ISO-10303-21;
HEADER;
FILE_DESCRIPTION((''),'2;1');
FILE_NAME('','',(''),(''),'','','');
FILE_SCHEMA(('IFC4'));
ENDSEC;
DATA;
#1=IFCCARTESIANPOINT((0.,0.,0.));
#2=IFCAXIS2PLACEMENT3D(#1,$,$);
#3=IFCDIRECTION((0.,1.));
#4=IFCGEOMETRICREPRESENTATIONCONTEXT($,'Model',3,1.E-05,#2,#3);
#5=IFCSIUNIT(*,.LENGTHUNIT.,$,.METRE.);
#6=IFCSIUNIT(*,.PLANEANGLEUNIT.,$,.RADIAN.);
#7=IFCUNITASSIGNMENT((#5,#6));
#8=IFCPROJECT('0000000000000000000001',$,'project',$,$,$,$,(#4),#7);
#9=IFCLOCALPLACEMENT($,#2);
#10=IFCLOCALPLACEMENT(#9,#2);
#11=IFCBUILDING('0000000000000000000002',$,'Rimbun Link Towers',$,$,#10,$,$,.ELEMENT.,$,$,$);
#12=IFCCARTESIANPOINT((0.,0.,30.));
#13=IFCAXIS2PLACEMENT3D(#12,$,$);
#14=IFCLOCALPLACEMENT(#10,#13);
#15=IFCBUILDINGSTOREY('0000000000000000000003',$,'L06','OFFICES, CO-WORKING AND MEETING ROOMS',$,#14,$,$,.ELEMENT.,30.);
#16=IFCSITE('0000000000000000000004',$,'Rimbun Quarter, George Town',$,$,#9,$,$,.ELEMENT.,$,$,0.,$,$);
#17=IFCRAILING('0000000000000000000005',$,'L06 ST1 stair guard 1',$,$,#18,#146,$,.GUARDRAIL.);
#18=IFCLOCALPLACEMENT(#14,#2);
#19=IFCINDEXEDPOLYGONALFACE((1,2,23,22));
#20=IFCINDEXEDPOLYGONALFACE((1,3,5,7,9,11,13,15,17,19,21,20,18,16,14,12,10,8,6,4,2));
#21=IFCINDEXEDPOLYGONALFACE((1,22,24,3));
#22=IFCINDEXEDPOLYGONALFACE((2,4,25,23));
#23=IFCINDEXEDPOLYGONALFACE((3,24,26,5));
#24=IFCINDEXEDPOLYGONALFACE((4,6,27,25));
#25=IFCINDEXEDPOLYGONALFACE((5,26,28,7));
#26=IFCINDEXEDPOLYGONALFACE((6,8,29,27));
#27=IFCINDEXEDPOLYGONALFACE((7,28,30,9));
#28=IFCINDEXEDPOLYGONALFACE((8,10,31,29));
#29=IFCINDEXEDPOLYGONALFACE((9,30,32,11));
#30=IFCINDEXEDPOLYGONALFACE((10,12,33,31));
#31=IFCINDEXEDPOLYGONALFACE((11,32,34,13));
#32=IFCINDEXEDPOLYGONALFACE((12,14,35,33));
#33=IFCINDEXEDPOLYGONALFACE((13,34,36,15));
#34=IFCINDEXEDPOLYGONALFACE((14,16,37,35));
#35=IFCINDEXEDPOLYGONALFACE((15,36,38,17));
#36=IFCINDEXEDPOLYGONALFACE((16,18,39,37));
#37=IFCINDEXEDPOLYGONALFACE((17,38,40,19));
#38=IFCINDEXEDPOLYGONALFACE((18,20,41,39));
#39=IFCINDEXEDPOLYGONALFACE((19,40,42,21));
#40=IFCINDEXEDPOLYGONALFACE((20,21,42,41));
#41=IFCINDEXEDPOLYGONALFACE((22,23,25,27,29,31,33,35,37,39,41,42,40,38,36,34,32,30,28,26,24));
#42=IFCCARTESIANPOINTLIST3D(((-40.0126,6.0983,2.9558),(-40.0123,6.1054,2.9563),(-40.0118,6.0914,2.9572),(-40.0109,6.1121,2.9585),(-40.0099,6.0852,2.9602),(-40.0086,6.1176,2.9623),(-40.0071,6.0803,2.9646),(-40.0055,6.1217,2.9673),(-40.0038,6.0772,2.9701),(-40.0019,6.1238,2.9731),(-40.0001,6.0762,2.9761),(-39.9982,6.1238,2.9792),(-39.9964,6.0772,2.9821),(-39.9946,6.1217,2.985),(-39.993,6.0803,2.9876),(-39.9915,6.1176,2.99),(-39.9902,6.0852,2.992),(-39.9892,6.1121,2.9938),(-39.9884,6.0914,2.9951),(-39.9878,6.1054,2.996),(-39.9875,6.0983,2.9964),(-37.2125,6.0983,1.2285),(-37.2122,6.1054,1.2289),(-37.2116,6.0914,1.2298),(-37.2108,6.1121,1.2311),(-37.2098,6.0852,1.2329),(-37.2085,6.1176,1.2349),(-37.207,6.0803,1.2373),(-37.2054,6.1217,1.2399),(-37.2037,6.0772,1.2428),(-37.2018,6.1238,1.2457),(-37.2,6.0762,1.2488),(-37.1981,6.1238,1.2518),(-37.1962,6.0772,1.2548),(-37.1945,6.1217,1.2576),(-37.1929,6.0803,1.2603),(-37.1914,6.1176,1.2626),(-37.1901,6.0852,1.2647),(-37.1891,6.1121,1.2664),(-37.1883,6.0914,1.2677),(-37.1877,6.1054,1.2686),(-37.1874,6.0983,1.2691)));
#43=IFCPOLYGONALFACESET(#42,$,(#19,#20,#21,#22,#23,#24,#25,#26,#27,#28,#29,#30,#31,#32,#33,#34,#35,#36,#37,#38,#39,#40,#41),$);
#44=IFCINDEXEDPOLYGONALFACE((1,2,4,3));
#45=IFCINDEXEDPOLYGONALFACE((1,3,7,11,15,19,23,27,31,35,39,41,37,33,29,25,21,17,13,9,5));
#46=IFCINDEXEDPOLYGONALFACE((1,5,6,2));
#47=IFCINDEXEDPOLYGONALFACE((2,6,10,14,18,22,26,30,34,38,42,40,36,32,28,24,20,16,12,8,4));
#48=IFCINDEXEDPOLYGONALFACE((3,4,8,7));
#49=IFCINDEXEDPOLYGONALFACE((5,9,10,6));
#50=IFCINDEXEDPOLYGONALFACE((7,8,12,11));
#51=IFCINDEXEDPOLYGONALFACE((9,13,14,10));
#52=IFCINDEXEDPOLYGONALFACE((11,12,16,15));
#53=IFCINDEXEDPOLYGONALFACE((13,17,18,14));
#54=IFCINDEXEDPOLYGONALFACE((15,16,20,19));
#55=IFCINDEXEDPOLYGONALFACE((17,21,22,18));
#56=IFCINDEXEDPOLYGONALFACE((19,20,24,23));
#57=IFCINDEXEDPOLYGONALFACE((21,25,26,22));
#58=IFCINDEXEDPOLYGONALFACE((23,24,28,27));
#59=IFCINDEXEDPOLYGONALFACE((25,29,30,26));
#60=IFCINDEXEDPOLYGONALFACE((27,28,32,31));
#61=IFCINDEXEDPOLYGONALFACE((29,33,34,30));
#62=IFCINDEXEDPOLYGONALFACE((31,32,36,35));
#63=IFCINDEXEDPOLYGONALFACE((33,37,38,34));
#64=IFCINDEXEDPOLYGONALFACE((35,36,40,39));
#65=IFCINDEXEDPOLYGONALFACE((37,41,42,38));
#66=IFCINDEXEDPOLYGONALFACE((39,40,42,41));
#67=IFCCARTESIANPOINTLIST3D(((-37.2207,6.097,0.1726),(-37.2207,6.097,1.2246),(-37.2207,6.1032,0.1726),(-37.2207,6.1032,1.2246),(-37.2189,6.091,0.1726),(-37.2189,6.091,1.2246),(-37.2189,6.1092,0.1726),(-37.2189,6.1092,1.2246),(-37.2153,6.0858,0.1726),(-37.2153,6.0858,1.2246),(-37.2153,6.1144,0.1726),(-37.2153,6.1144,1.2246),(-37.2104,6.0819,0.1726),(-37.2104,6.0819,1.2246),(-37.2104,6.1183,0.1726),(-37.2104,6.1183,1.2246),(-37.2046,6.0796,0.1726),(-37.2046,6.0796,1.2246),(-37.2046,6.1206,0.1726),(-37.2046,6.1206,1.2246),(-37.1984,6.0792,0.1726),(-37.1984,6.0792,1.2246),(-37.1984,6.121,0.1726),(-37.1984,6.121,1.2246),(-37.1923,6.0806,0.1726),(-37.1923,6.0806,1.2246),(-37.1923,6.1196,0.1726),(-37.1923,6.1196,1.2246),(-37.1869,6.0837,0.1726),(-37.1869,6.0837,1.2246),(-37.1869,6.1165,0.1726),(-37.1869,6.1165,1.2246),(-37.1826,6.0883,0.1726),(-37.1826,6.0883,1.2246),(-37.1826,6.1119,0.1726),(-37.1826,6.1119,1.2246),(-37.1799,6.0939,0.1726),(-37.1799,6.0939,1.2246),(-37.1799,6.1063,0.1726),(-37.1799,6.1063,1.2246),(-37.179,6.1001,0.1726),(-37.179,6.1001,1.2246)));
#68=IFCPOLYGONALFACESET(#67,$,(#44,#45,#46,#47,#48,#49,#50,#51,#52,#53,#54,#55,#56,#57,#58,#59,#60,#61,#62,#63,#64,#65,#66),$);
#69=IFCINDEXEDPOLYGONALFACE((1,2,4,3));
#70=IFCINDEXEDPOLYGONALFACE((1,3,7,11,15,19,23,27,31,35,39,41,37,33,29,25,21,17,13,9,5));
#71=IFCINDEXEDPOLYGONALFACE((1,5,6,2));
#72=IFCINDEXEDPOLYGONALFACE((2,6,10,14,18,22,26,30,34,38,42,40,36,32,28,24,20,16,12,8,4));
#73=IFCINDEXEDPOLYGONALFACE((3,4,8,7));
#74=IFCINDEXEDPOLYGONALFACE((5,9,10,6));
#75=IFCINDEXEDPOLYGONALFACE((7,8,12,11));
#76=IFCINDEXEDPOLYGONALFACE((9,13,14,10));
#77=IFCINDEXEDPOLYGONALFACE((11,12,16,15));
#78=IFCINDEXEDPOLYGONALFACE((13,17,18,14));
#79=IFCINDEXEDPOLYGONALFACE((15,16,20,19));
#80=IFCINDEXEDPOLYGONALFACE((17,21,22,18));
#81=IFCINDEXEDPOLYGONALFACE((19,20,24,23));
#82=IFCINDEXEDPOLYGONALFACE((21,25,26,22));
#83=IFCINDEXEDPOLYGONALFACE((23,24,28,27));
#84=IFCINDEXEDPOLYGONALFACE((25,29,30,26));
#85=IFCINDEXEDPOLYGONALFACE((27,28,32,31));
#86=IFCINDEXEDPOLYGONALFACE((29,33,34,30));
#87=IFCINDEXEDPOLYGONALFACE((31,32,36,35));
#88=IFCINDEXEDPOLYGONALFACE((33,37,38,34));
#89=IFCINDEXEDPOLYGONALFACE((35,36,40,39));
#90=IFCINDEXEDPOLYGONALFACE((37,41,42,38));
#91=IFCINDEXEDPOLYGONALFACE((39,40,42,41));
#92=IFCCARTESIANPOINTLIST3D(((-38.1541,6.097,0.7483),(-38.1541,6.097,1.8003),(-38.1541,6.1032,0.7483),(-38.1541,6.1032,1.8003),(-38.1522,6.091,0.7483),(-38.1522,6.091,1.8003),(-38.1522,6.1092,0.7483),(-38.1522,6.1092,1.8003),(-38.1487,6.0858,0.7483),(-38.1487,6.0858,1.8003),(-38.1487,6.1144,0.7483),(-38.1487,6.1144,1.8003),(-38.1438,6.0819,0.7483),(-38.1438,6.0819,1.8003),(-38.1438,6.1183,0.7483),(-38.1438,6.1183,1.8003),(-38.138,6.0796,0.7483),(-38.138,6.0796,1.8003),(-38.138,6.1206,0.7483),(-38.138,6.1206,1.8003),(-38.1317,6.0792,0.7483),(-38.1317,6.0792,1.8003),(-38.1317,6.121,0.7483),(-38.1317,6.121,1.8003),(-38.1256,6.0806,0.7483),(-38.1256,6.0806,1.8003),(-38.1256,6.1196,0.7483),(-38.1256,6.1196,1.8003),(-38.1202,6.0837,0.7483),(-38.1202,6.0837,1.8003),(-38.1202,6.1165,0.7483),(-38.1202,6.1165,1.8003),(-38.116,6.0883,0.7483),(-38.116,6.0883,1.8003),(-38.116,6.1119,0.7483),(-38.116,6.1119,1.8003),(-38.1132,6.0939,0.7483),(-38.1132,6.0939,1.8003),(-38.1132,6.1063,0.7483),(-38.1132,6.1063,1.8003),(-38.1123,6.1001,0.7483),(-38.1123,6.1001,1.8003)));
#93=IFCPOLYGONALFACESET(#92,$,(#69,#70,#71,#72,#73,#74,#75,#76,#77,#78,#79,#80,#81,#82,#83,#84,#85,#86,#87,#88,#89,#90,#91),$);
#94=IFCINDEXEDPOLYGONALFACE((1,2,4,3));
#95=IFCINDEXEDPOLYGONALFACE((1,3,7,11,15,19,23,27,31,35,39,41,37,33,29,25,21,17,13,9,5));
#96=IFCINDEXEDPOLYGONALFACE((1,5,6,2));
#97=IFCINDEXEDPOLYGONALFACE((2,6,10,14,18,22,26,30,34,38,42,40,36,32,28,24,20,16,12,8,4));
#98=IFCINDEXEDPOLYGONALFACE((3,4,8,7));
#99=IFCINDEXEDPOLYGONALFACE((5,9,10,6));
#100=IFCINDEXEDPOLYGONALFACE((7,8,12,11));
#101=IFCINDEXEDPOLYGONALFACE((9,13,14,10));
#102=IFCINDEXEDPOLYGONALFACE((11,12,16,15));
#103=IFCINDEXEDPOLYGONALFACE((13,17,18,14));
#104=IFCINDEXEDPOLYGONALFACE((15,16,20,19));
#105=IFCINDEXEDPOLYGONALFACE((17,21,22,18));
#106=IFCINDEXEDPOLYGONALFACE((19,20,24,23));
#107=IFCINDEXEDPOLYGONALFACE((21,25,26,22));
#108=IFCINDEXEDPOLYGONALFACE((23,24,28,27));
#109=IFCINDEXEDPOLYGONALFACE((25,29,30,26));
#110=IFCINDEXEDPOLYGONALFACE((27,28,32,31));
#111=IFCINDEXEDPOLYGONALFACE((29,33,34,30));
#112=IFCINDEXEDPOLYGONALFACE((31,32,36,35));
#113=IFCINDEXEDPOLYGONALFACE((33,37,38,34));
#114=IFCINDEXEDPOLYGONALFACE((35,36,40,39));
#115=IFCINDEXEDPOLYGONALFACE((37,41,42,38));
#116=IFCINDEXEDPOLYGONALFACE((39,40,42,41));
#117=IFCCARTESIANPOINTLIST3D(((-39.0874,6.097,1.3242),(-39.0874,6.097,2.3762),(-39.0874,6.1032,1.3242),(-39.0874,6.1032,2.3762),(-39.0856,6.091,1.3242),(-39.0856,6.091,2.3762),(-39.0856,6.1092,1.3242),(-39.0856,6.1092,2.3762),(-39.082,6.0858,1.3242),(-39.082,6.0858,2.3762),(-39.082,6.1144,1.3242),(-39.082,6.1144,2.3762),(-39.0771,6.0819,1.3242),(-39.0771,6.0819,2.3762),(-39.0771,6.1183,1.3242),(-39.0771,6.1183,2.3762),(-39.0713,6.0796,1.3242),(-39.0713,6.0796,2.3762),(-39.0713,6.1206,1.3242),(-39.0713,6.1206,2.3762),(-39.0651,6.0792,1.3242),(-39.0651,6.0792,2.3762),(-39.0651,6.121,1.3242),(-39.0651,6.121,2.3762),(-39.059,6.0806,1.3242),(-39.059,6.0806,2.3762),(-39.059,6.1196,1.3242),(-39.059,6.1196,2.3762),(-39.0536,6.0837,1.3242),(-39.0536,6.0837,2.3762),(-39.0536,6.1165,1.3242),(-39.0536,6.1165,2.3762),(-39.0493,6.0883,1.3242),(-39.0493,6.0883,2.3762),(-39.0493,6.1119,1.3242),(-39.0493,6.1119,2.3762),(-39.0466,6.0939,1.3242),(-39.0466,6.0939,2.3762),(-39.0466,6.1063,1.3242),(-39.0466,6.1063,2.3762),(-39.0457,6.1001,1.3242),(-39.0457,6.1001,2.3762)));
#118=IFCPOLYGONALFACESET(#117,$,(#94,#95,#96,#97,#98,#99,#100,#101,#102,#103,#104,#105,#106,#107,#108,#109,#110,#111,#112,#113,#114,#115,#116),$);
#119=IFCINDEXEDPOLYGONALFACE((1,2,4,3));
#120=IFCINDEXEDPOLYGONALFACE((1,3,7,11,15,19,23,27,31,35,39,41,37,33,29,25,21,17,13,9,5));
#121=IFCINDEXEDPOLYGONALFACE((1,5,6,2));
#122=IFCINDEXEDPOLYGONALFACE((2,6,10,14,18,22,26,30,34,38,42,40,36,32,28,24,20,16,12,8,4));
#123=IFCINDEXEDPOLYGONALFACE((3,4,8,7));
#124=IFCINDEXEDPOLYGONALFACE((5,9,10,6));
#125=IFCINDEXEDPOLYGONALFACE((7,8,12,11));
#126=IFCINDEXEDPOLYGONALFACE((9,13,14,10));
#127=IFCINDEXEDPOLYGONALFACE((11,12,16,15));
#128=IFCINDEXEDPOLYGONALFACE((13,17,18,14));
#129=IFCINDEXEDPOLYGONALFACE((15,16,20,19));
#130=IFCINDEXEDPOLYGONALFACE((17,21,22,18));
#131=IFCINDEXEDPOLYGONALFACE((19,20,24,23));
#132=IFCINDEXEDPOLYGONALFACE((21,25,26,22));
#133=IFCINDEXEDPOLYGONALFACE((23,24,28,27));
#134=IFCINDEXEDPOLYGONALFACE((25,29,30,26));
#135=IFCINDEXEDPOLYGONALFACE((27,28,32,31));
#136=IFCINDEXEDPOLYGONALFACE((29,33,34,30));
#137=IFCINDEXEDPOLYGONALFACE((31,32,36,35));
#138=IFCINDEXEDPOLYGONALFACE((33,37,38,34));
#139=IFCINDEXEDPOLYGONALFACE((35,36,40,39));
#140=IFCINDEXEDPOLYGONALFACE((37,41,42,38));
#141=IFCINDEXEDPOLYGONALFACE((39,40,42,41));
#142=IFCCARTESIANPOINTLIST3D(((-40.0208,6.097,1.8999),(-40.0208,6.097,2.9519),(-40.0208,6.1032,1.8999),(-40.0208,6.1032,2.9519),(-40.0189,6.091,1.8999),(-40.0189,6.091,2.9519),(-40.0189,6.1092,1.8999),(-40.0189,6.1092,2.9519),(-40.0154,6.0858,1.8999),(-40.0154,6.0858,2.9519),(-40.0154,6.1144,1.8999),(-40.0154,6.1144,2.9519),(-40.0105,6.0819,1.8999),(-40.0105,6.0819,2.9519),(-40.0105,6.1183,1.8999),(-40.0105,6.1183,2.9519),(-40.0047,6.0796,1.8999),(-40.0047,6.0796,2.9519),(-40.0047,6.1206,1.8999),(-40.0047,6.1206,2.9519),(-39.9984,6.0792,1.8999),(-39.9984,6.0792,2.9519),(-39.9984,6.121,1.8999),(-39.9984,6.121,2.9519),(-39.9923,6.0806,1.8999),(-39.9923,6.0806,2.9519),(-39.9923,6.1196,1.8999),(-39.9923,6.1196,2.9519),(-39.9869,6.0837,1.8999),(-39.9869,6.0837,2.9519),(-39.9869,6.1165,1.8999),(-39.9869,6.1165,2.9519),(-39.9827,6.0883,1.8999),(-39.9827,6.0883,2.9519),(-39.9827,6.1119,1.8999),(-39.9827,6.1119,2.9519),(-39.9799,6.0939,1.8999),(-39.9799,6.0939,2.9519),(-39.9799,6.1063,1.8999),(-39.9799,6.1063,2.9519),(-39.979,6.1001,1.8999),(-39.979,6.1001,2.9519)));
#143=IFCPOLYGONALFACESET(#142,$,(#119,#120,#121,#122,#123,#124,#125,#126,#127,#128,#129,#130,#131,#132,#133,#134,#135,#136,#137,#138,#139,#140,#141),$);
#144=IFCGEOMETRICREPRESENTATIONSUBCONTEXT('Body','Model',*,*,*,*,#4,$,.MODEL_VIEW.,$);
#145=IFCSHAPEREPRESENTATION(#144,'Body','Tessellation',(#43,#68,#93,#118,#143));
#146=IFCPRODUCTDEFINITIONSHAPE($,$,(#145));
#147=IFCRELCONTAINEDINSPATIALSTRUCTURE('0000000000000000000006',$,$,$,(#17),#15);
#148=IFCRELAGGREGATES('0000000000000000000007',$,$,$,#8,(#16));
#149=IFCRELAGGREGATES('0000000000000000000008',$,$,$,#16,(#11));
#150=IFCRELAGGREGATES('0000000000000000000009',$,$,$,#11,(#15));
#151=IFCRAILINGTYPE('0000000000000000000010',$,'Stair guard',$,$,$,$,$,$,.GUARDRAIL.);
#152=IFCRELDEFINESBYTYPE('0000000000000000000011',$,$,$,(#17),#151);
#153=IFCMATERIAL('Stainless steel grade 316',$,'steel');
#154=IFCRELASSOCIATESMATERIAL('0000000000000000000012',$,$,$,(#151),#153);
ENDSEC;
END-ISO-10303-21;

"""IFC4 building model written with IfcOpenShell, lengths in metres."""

from ifc_helpers import new_model, si_unit, direction, frame, origin, origin_2d, place, context, subcontext, project, spatial, circle, extrude, material, type_object, element, save


model = new_model("IFC4")

# Units and contexts
model_context = context("Model", 3, precision=1e-05, world=origin(), true_north=direction((0.0, 1.0)))
body_context = subcontext(model_context, "Body", "Model", "MODEL_VIEW")
ifc_project = project(units=[si_unit("LENGTHUNIT", "METRE"), si_unit("PLANEANGLEUNIT", "RADIAN")], contexts=[model_context])

# Site, building, storey
site_placement = place(None, origin())
site = spatial("IfcSite", under=ifc_project, at=site_placement, Name="Rimbun Quarter, George Town", CompositionType="ELEMENT", RefElevation=0.0)
building_placement = place(site_placement, origin())
building = spatial("IfcBuilding", under=site, at=building_placement, Name="Rimbun Link Towers", CompositionType="ELEMENT")
storey_placement = place(building_placement, frame((0.0, 0.0, 30.0)))
storey = spatial("IfcBuildingStorey", under=building, at=storey_placement, Name="L06", Description="OFFICES, CO-WORKING AND MEETING ROOMS", CompositionType="ELEMENT", Elevation=30.0)

# Railing
ifc_material_1 = material(Name="Stainless steel grade 316", Category="steel")
railing_type_1 = type_object("IfcRailingType", Name="Stair guard", PredefinedType="GUARDRAIL", material=ifc_material_1)
railing_1_placement = place(storey_placement, frame((-37.2, 6.1001, 0.1726)))
element("IfcRailing", 1, at=railing_1_placement, inside=storey, type_object=railing_type_1, Name="L06 ST1 stair guard 1", PredefinedType="GUARDRAIL", context=body_context, shape_type="SweptSolid", body=[
    extrude(circle(Radius=0.0239, at=origin_2d()), frame((0.0, 0.0, 1.0762), z_axis=(-0.85109, 0.0, 0.52502), x_axis=(0.0, -1.0, 0.0)), (0.0, 0.0, 1.0), 3.29),
    extrude(circle(Radius=0.021, at=origin_2d()), origin(), (0.0, 0.0, 1.0), 1.052),
    extrude(circle(Radius=0.021, at=origin_2d()), frame((-0.9333, 0.0, 0.5757)), (0.0, 0.0, 1.0), 1.052),
    extrude(circle(Radius=0.021, at=origin_2d()), frame((-1.8667, 0.0, 1.1516)), (0.0, 0.0, 1.0), 1.052),
    extrude(circle(Radius=0.021, at=origin_2d()), frame((-2.8, 0.0, 1.7273)), (0.0, 0.0, 1.0), 1.052),
])

save(model, "model.ifc")
